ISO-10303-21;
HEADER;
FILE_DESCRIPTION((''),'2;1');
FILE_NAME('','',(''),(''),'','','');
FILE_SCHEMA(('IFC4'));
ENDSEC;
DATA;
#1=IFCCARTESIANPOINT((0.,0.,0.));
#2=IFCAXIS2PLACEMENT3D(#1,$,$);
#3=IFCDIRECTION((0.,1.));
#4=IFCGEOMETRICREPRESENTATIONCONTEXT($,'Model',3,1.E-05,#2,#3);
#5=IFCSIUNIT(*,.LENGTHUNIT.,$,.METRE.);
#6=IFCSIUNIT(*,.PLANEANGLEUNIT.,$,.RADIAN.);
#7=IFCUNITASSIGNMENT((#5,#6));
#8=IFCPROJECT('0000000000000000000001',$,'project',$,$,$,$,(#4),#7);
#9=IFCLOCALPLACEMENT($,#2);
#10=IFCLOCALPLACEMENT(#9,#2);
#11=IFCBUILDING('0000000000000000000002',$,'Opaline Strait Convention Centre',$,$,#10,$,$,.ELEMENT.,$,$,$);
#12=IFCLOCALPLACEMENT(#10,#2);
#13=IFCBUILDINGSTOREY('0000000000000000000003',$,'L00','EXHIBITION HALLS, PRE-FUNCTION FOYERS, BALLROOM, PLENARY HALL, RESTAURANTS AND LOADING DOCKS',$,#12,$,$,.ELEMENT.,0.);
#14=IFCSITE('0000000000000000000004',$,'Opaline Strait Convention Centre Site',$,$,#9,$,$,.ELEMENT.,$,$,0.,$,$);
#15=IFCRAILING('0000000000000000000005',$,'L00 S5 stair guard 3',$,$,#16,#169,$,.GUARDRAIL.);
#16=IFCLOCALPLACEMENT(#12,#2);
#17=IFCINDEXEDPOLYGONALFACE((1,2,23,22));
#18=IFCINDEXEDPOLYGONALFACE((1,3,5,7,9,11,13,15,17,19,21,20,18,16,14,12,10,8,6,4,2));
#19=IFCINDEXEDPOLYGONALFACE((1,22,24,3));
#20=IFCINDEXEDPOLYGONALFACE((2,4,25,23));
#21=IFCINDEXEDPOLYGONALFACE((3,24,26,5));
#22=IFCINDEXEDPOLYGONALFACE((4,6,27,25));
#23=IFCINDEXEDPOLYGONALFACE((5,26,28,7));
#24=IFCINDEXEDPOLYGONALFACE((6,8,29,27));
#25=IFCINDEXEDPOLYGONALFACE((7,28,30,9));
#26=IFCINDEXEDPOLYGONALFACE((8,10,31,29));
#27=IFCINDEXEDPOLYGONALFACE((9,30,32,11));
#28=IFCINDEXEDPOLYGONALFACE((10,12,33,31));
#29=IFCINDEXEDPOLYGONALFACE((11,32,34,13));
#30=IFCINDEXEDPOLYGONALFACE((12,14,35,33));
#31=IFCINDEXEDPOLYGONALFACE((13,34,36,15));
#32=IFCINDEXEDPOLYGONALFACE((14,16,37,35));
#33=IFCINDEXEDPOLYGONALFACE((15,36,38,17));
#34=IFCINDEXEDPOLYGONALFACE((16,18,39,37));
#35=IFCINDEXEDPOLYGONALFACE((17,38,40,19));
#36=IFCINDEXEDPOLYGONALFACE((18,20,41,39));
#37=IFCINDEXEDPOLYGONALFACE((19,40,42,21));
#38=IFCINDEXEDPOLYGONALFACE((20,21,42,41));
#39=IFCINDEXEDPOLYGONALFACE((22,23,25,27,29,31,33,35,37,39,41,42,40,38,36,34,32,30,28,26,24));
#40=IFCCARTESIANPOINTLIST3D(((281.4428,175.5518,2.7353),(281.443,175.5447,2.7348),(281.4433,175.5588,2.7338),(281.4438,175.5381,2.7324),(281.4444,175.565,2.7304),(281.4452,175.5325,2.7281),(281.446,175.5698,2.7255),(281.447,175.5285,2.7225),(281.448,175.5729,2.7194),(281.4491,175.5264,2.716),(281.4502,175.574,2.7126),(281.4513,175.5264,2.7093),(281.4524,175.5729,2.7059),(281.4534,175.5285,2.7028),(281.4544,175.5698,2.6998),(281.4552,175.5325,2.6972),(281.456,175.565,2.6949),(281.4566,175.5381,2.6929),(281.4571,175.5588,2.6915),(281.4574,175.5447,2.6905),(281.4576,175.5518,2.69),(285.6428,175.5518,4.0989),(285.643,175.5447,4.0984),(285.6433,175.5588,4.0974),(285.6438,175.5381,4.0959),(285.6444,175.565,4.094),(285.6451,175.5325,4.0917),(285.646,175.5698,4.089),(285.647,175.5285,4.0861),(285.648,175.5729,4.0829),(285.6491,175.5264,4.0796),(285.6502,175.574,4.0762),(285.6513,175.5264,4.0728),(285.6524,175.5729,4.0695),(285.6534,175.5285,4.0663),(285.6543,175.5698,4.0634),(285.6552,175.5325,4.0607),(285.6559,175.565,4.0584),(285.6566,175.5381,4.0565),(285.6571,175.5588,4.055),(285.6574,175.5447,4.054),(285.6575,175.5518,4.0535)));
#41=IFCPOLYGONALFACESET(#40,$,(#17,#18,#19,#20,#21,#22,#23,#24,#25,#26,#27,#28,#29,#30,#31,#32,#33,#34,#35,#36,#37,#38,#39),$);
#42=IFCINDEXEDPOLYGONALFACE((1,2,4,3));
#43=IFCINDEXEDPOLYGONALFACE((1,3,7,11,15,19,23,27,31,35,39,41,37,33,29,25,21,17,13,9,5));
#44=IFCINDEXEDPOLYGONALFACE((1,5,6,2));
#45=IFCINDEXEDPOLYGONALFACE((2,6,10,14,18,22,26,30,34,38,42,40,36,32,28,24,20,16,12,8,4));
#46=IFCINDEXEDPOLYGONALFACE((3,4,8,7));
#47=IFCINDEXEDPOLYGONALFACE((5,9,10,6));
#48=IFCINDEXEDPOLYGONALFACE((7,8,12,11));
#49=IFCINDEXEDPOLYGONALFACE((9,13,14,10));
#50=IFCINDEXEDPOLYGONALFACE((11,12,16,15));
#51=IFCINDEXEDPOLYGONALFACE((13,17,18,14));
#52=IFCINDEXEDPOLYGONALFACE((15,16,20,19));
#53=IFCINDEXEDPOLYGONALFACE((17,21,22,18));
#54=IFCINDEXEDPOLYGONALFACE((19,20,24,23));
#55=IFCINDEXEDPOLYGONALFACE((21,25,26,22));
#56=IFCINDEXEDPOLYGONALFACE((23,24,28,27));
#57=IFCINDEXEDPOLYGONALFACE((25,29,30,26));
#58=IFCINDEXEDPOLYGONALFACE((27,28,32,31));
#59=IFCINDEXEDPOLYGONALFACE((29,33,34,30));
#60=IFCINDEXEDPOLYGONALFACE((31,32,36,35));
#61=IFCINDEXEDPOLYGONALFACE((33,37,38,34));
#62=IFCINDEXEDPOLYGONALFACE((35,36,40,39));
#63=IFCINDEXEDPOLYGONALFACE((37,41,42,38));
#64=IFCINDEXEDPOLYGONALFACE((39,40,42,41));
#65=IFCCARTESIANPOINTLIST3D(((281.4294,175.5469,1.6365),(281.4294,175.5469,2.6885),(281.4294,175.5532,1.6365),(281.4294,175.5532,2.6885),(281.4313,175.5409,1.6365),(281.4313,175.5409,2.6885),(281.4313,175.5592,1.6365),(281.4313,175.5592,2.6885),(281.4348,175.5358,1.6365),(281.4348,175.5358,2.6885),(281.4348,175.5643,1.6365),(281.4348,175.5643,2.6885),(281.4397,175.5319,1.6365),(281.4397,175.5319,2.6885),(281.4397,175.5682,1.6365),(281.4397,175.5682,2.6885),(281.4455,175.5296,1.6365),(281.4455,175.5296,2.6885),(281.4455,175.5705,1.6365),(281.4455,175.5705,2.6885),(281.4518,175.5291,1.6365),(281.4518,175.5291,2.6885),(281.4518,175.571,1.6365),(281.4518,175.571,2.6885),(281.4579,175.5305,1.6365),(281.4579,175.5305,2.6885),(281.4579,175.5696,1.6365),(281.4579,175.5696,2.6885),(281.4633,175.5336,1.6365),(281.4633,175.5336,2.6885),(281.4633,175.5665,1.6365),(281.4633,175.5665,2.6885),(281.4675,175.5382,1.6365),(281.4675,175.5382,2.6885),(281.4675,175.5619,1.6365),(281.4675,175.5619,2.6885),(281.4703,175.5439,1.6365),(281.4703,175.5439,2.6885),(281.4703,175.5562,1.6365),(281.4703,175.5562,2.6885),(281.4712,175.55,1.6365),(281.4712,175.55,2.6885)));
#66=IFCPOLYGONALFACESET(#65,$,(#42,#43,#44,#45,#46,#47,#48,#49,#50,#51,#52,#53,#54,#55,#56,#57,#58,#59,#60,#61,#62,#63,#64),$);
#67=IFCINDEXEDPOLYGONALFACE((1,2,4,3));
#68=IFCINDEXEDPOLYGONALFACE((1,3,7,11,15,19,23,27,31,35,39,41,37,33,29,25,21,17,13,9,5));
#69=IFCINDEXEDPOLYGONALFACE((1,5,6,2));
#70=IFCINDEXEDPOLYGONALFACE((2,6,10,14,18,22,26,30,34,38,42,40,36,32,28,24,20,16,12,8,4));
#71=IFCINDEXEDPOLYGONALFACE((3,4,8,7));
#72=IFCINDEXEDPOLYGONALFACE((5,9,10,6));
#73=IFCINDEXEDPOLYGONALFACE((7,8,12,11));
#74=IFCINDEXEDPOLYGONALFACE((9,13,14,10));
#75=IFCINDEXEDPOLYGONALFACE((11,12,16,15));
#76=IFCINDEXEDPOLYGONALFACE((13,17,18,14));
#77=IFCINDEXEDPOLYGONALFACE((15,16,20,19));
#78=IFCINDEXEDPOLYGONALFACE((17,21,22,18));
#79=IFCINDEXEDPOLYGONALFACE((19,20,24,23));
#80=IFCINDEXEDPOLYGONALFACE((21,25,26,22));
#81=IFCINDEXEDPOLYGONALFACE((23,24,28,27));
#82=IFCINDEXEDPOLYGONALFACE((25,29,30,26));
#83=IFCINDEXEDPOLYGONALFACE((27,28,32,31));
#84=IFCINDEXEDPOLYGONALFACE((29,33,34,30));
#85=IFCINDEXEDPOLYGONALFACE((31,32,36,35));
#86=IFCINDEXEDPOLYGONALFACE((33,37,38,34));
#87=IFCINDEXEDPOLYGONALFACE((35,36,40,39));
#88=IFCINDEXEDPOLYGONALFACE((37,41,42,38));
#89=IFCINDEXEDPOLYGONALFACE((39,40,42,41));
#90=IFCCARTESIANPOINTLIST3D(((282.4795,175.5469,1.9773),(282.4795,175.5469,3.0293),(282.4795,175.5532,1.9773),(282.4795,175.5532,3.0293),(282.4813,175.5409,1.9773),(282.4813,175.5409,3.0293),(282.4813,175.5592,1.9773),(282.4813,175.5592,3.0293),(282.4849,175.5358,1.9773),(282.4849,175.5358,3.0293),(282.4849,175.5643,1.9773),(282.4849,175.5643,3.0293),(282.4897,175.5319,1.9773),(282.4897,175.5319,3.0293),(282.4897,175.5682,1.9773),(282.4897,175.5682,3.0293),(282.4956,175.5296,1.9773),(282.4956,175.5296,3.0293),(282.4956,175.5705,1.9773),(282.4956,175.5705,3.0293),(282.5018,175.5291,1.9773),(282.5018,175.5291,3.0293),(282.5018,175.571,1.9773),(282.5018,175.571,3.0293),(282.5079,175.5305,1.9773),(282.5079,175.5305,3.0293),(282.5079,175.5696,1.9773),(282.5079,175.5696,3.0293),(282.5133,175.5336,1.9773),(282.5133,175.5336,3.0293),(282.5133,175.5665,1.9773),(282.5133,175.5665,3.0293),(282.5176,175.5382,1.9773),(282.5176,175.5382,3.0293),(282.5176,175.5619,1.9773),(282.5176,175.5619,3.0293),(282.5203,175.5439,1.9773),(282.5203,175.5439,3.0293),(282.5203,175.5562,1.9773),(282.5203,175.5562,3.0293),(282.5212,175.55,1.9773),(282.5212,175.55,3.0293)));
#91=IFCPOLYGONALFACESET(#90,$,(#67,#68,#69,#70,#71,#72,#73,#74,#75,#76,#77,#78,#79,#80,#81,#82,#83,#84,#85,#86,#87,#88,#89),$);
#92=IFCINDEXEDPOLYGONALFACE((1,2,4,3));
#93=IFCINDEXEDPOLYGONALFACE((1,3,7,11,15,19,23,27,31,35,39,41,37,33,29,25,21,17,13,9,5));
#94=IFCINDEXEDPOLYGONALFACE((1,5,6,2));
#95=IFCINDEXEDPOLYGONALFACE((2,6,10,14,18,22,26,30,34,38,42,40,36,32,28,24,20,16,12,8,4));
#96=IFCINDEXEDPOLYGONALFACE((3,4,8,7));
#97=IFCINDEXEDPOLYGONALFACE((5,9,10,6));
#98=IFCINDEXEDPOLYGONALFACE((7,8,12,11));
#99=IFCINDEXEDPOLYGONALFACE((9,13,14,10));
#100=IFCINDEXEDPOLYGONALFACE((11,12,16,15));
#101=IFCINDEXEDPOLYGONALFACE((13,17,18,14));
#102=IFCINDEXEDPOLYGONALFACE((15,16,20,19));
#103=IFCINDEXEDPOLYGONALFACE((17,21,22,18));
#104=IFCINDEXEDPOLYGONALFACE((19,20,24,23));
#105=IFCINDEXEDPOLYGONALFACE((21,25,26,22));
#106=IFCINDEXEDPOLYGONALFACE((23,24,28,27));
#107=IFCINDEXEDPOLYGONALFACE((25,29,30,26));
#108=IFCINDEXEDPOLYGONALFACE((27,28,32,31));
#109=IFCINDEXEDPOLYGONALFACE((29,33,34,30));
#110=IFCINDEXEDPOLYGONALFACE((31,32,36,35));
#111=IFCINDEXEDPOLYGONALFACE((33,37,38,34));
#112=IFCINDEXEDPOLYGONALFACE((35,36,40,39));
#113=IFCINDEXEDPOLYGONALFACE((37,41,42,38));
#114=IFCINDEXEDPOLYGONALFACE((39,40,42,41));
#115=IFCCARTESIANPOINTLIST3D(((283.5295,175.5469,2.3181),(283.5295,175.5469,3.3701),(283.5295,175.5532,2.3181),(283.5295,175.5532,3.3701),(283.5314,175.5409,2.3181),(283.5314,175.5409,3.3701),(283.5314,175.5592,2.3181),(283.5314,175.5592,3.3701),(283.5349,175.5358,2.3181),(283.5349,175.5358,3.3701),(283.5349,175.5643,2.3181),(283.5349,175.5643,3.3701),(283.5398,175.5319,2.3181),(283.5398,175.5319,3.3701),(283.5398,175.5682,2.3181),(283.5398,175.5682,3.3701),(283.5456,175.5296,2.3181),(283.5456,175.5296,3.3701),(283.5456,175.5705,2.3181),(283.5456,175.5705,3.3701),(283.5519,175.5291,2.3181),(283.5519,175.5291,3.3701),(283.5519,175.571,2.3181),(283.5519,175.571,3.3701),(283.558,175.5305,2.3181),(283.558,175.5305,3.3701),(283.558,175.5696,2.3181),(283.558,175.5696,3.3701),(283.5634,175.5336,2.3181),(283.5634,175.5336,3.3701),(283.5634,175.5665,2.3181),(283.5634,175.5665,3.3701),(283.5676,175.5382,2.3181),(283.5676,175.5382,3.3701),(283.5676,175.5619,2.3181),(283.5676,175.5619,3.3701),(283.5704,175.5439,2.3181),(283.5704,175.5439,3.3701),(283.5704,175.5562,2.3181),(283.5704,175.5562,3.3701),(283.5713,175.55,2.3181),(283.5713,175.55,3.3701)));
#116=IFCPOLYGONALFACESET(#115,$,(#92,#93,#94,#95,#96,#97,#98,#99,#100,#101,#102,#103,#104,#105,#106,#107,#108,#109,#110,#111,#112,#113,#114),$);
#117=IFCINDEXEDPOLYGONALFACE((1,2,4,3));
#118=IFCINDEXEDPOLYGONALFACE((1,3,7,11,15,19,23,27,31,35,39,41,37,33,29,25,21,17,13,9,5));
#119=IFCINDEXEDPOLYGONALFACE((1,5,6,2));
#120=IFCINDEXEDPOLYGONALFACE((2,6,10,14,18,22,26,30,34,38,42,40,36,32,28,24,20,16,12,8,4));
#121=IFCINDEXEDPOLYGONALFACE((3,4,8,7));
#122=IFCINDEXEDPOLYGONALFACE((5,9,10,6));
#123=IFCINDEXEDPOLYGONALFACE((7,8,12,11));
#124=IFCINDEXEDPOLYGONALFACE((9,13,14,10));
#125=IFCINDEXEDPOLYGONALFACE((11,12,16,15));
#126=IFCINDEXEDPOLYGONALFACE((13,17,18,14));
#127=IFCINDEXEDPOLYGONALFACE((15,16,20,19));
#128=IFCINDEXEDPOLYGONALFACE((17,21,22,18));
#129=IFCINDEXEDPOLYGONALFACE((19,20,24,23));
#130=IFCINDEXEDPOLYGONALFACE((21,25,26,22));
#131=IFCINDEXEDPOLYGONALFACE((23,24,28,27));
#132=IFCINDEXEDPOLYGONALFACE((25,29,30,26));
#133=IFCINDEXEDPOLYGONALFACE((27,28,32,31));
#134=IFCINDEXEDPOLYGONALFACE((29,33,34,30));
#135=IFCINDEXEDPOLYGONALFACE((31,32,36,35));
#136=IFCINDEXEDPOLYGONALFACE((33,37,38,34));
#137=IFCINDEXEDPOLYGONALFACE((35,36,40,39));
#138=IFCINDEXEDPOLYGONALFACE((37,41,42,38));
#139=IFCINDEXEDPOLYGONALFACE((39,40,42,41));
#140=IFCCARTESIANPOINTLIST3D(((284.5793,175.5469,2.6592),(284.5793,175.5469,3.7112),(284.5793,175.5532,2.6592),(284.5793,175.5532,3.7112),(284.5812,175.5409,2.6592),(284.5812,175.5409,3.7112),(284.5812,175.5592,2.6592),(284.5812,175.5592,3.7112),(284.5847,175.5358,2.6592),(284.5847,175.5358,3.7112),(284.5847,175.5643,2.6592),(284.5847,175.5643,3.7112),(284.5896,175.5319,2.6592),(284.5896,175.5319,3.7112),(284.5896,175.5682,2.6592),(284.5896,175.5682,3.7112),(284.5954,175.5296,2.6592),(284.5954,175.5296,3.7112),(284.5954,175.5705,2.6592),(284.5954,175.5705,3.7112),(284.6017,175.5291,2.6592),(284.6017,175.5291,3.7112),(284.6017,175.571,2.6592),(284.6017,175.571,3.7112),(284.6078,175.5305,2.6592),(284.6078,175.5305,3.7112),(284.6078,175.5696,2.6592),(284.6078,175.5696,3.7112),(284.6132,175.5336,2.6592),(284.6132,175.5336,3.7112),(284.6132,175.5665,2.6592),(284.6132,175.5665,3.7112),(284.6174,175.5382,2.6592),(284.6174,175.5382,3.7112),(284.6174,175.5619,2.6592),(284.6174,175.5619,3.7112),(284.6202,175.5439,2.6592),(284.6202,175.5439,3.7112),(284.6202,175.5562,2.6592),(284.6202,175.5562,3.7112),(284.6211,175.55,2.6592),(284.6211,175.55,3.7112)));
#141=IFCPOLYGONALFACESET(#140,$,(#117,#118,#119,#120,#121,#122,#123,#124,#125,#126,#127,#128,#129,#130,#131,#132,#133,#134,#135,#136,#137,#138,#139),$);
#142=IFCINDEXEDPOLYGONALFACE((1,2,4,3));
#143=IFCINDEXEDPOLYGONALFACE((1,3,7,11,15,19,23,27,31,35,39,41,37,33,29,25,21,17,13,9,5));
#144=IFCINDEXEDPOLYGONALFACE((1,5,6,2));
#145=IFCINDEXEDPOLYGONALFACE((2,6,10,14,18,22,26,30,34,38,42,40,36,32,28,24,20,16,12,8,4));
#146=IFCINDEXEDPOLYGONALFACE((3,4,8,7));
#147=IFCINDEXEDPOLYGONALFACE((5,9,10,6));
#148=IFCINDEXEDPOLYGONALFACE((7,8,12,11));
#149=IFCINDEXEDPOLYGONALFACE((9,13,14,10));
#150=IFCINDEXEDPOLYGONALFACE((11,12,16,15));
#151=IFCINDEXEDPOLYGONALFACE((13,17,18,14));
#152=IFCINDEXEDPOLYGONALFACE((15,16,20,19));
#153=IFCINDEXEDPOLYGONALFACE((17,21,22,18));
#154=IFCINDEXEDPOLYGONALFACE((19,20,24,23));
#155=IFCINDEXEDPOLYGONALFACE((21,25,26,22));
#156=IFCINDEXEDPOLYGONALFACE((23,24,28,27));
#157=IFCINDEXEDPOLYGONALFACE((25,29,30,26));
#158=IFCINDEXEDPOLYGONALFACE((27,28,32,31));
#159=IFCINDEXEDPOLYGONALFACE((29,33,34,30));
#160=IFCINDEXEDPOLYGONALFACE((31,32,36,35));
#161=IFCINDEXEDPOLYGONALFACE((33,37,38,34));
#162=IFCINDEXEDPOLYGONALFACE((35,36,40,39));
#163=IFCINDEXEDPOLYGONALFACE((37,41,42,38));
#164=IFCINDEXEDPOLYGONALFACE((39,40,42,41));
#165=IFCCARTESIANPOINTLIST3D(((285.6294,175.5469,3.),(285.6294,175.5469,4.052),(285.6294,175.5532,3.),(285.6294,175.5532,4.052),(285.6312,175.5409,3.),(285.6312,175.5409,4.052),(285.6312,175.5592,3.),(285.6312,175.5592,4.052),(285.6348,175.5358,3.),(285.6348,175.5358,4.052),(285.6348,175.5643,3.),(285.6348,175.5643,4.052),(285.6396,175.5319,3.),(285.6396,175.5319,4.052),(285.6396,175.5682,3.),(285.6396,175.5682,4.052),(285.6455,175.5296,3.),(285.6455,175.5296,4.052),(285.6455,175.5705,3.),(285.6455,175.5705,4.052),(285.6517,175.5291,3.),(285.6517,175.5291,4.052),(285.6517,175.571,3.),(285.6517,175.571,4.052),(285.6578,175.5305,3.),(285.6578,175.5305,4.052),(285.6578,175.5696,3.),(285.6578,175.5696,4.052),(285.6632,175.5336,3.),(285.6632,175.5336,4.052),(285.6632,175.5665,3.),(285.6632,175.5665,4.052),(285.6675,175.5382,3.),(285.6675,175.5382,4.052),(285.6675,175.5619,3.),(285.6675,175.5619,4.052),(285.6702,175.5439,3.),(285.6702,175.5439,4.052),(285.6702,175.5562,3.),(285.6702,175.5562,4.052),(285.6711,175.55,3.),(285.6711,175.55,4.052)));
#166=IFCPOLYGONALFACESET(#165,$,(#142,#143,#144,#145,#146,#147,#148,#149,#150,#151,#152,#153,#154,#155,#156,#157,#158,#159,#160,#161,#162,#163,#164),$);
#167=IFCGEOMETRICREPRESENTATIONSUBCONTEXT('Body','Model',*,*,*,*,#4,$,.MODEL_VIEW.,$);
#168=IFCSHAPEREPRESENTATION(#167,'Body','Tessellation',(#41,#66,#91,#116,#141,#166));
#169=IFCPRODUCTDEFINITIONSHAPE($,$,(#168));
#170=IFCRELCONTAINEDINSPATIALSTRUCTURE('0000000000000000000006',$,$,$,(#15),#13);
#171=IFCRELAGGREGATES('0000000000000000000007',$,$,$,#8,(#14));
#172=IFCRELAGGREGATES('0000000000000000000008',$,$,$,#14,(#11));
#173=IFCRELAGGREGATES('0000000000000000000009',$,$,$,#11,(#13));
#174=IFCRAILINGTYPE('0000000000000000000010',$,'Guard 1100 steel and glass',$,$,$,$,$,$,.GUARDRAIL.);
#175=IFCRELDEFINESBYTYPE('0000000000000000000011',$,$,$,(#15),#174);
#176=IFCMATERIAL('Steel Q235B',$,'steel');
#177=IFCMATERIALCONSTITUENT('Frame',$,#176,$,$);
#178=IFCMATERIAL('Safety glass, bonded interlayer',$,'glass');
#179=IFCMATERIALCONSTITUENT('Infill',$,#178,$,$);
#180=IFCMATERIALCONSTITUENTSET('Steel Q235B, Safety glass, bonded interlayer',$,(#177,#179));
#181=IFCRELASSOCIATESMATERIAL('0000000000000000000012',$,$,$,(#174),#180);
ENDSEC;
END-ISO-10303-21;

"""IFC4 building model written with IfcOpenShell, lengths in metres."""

from ifc_helpers import new_model, si_unit, direction, frame, origin, origin_2d, place, context, subcontext, project, spatial, circle, extrude, material, constituent, constituent_set, type_object, element, save


model = new_model("IFC4")

# Units and contexts
model_context = context("Model", 3, precision=1e-05, world=origin(), true_north=direction((0.0, 1.0)))
body_context = subcontext(model_context, "Body", "Model", "MODEL_VIEW")
ifc_project = project(units=[si_unit("LENGTHUNIT", "METRE"), si_unit("PLANEANGLEUNIT", "RADIAN")], contexts=[model_context])

# Site, building, storey
site_placement = place(None, origin())
site = spatial("IfcSite", under=ifc_project, at=site_placement, Name="Opaline Strait Convention Centre Site", CompositionType="ELEMENT", RefElevation=0.0)
building_placement = place(site_placement, origin())
building = spatial("IfcBuilding", under=site, at=building_placement, Name="Opaline Strait Convention Centre", CompositionType="ELEMENT")
storey_placement = place(building_placement, origin())
storey = spatial("IfcBuildingStorey", under=building, at=storey_placement, Name="L00", Description="EXHIBITION HALLS, PRE-FUNCTION FOYERS, BALLROOM, PLENARY HALL, RESTAURANTS AND LOADING DOCKS", CompositionType="ELEMENT", Elevation=0.0)

# Railing
ifc_material_1 = material(Name="Steel Q235B", Category="steel")
ifc_constituent_1 = constituent(ifc_material_1, Name="Frame")
ifc_material_2 = material(Name="Safety glass, bonded interlayer", Category="glass")
ifc_constituent_2 = constituent(ifc_material_2, Name="Infill")
ifc_constituent_set = constituent_set(constituents=[ifc_constituent_1, ifc_constituent_2], Name="Steel Q235B, Safety glass, bonded interlayer")
railing_type_1 = type_object("IfcRailingType", Name="Guard 1100 steel and glass", PredefinedType="GUARDRAIL", material=ifc_constituent_set)
railing_1_placement = place(storey_placement, frame((281.4502, 175.55, 1.6365)))
element("IfcRailing", 1, at=railing_1_placement, inside=storey, type_object=railing_type_1, Name="L00 S5 stair guard 3", PredefinedType="GUARDRAIL", context=body_context, shape_type="SweptSolid", body=[
    extrude(circle(Radius=0.0239, at=origin_2d()), frame((0.0, 0.0, 1.0762), z_axis=(0.951131, 0.0, 0.308787), x_axis=(0.0, 1.0, 0.0)), (0.0, 0.0, 1.0), 4.4158),
    extrude(circle(Radius=0.021, at=origin_2d()), origin(), (0.0, 0.0, 1.0), 1.052),
    extrude(circle(Radius=0.021, at=origin_2d()), frame((1.05, 0.0, 0.3408)), (0.0, 0.0, 1.0), 1.052),
    extrude(circle(Radius=0.021, at=origin_2d()), frame((2.1001, 0.0, 0.6816)), (0.0, 0.0, 1.0), 1.052),
    extrude(circle(Radius=0.021, at=origin_2d()), frame((3.1499, 0.0, 1.0227)), (0.0, 0.0, 1.0), 1.052),
    extrude(circle(Radius=0.021, at=origin_2d()), frame((4.2, 0.0, 1.3635)), (0.0, 0.0, 1.0), 1.052),
])

save(model, "model.ifc")
